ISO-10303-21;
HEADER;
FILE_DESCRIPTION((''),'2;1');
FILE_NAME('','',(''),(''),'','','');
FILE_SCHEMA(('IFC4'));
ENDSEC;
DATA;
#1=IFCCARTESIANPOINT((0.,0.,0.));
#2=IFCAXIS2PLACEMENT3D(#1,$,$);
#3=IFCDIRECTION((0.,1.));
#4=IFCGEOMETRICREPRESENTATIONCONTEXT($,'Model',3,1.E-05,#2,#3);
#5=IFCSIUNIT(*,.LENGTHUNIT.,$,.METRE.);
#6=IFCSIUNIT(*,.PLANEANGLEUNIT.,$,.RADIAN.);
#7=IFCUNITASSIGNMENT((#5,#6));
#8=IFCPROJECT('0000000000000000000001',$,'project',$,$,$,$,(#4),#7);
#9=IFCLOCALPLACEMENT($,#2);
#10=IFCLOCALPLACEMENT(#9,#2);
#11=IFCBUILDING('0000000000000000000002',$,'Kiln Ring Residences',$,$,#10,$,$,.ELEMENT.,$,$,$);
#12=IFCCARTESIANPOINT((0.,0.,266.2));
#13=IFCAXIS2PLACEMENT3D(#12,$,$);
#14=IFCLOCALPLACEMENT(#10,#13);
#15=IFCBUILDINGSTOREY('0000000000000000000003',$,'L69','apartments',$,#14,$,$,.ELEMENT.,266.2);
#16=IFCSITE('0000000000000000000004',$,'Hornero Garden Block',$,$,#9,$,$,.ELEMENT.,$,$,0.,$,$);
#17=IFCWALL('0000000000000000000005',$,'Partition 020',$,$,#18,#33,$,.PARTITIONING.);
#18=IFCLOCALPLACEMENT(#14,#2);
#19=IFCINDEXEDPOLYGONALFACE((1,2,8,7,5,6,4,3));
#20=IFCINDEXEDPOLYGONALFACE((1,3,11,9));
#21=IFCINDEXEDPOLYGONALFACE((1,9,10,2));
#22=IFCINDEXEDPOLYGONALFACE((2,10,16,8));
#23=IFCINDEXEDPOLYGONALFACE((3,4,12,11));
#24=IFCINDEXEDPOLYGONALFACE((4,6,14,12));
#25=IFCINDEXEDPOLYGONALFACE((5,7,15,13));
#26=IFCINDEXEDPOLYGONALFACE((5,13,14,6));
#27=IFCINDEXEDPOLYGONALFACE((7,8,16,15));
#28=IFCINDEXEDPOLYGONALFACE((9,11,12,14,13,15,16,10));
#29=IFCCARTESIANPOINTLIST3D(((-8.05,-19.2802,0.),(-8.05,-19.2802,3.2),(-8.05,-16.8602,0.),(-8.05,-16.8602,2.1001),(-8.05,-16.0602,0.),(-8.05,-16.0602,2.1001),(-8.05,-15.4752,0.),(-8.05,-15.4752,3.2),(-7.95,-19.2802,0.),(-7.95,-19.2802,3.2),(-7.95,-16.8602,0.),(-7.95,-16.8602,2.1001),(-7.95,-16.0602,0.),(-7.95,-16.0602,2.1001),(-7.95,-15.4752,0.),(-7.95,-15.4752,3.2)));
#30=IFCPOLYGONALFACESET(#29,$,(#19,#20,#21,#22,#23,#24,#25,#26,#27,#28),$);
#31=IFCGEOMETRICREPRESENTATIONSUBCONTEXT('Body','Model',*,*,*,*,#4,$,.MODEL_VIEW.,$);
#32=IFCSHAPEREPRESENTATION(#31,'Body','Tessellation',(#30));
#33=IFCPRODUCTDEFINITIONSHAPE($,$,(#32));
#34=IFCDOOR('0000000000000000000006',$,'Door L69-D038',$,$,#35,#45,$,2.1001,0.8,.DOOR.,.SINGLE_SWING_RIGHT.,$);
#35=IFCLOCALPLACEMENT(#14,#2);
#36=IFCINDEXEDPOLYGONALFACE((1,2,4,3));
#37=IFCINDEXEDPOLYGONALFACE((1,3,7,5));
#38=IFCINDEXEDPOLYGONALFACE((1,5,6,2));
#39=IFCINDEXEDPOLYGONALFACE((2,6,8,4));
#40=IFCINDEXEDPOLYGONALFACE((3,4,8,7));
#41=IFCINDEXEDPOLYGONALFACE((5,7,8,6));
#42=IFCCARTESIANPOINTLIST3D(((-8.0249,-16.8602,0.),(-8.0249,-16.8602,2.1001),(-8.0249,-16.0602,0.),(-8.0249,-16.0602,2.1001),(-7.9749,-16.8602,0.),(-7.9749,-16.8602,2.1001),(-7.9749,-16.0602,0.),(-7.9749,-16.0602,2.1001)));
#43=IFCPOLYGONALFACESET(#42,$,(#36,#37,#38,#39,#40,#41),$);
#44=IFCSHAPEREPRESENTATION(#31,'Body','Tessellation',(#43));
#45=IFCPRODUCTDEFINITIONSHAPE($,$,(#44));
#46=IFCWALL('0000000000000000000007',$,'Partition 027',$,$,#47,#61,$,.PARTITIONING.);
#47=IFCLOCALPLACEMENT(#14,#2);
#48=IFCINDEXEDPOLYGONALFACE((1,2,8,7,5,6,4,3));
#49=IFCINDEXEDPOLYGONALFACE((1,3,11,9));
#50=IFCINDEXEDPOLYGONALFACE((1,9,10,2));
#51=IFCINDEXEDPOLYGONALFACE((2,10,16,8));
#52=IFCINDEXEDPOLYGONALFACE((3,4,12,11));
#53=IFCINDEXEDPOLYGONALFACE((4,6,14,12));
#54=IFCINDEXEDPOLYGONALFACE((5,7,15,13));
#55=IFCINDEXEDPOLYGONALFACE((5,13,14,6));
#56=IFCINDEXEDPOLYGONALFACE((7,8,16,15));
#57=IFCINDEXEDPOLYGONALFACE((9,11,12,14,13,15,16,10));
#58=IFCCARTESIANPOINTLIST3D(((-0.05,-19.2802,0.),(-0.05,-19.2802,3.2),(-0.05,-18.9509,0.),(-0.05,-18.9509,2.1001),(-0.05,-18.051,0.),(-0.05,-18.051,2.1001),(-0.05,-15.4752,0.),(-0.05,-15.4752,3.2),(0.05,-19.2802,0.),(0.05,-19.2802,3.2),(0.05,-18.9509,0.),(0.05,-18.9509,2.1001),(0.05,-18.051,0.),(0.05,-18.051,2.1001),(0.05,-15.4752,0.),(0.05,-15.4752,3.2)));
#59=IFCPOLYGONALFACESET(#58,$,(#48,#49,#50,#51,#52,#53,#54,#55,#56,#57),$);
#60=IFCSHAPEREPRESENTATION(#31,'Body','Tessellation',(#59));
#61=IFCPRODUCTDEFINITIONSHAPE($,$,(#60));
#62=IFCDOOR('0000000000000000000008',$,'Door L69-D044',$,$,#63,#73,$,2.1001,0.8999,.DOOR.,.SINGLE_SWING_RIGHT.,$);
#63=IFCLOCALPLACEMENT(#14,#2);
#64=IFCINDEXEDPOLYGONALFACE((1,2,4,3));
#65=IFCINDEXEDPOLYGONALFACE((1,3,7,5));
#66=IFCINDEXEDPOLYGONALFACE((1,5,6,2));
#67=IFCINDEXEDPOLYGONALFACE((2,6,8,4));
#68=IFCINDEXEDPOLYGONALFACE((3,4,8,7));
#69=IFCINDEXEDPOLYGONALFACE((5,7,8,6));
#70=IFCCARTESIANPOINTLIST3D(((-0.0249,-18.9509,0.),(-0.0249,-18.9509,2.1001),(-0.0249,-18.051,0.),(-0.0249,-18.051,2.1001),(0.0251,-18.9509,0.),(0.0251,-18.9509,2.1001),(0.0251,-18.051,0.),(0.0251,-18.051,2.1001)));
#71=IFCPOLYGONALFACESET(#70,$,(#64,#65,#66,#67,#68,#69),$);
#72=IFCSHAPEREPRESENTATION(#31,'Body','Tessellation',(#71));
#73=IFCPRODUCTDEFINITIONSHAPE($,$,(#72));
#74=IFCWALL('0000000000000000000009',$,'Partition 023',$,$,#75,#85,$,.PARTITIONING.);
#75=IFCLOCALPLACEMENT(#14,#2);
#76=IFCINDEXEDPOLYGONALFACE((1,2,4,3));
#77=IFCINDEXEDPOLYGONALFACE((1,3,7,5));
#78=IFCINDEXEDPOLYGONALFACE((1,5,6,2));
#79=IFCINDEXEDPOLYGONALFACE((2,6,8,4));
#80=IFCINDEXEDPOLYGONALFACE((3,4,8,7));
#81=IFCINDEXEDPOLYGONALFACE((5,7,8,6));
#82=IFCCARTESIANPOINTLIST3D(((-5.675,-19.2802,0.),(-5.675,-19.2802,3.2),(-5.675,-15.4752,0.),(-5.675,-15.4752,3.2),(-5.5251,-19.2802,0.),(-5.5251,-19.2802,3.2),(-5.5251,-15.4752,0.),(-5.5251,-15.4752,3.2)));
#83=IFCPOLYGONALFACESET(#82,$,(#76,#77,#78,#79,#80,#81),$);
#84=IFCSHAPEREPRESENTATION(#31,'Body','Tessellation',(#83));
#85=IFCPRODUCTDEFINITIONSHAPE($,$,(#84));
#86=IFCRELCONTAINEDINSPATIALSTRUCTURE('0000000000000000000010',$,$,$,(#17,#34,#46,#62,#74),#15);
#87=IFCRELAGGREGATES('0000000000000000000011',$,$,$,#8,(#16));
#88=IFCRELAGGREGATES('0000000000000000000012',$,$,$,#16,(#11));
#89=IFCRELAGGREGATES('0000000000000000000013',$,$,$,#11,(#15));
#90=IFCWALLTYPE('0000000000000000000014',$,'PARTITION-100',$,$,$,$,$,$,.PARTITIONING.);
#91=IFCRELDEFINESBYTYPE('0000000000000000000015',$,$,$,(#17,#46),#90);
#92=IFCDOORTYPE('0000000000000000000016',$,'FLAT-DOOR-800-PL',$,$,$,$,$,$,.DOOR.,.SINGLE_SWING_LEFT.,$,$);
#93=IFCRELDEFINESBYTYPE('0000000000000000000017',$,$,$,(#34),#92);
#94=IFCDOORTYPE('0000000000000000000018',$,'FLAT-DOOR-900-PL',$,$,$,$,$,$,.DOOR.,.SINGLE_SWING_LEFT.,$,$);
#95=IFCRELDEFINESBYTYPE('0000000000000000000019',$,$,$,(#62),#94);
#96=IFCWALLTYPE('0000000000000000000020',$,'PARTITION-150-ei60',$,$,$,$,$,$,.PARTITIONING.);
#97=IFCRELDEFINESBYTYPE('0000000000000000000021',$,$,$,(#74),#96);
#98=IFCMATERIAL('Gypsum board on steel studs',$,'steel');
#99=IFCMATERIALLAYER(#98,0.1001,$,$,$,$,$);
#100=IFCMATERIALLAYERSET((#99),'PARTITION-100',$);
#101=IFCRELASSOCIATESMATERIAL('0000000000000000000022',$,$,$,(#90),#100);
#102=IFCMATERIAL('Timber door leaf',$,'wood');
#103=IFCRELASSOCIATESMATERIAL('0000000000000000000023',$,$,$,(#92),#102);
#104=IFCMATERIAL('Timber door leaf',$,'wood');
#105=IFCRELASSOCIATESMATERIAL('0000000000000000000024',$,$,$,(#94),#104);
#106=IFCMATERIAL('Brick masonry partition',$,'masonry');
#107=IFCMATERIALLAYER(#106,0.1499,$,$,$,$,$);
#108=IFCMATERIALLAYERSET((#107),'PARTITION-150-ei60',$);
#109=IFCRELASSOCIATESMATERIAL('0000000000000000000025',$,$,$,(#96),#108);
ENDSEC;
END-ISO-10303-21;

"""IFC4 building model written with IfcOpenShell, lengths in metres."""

from ifc_helpers import new_model, si_unit, direction, frame, frame_2d, origin, place, context, subcontext, project, spatial, rectangle, extrude, material, layer, layer_set, type_object, element, fill, save


model = new_model("IFC4")

# Units and contexts
model_context = context("Model", 3, precision=1e-05, world=origin(), true_north=direction((0.0, 1.0)))
body_context = subcontext(model_context, "Body", "Model", "MODEL_VIEW")
ifc_project = project(units=[si_unit("LENGTHUNIT", "METRE"), si_unit("PLANEANGLEUNIT", "RADIAN")], contexts=[model_context])

# Site, building, storey
site_placement = place(None, origin())
site = spatial("IfcSite", under=ifc_project, at=site_placement, Name="Hornero Garden Block", CompositionType="ELEMENT", RefElevation=0.0)
building_placement = place(site_placement, origin())
building = spatial("IfcBuilding", under=site, at=building_placement, Name="Kiln Ring Residences", CompositionType="ELEMENT")
storey_placement = place(building_placement, frame((0.0, 0.0, 266.2)))
storey = spatial("IfcBuildingStorey", under=building, at=storey_placement, Name="L69", Description="apartments", CompositionType="ELEMENT", Elevation=266.2)

# Walls, openings, doors
ifc_material_1 = material(Name="Gypsum board on steel studs", Category="steel")
ifc_layer_1 = layer(ifc_material_1, 0.1001)
ifc_layer_set_1 = layer_set([ifc_layer_1], Name="PARTITION-100")
wall_type_1 = type_object("IfcWallType", Name="PARTITION-100", PredefinedType="PARTITIONING", material=ifc_layer_set_1)
wall_1_placement = place(storey_placement, frame((-8.0, -19.28, 0.0), z_axis=(0.0, 0.0, 1.0), x_axis=(0.0, 1.0, 0.0)))
wall_1 = element("IfcWall", 1, at=wall_1_placement, inside=storey, type_object=wall_type_1, Name="Partition 020", PredefinedType="PARTITIONING", context=body_context, shape_type="SweptSolid", body=[
    extrude(rectangle(XDim=3.8049, YDim=0.1001, at=frame_2d((1.9023, 0.0))), origin(), (0.0, 0.0, 1.0), 3.2),
])
opening_1_placement = place(wall_1_placement, frame((2.4199, 0.0, 0.0)))
opening_1 = element("IfcOpeningElement", 2, at=opening_1_placement, cuts=wall_1, PredefinedType="OPENING", context=body_context, shape_type="SweptSolid", body=[
    extrude(rectangle(XDim=0.8, YDim=2.1001, at=frame_2d((0.3999, 1.05))), frame((0.0, 0.0601, 0.0), z_axis=(0.0, -1.0, 0.0), x_axis=(1.0, 0.0, 0.0)), (0.0, 0.0, 1.0), 0.1201),
])
ifc_material_2 = material(Name="Timber door leaf", Category="wood")
door_type_1 = type_object("IfcDoorType", Name="FLAT-DOOR-800-PL", OperationType="SINGLE_SWING_LEFT", PredefinedType="DOOR", material=ifc_material_2)
door_1_placement = place(opening_1_placement, origin())
door_1 = element("IfcDoor", 3, at=door_1_placement, inside=storey, type_object=door_type_1, Name="Door L69-D038", OperationType="SINGLE_SWING_RIGHT", OverallHeight=2.1001, OverallWidth=0.8, PredefinedType="DOOR", context=body_context, shape_type="SweptSolid", body=[
    extrude(rectangle(XDim=0.8, YDim=2.1001, at=frame_2d((0.3999, 1.05))), frame((0.0, 0.0249, 0.0), z_axis=(0.0, -1.0, 0.0), x_axis=(1.0, 0.0, 0.0)), (0.0, 0.0, 1.0), 0.05),
])
fill(opening_1, door_1)
wall_2_placement = place(storey_placement, frame((0.0, -19.28, 0.0), z_axis=(0.0, 0.0, 1.0), x_axis=(0.0, 1.0, 0.0)))
wall_2 = element("IfcWall", 4, at=wall_2_placement, inside=storey, type_object=wall_type_1, Name="Partition 027", PredefinedType="PARTITIONING", context=body_context, shape_type="SweptSolid", body=[
    extrude(rectangle(XDim=3.8049, YDim=0.1001, at=frame_2d((1.9023, 0.0))), origin(), (0.0, 0.0, 1.0), 3.2),
])
opening_2_placement = place(wall_2_placement, frame((0.3291, 0.0, 0.0)))
opening_2 = element("IfcOpeningElement", 5, at=opening_2_placement, cuts=wall_2, PredefinedType="OPENING", context=body_context, shape_type="SweptSolid", body=[
    extrude(rectangle(XDim=0.8999, YDim=2.1001, at=frame_2d((0.45, 1.05))), frame((0.0, 0.0601, 0.0), z_axis=(0.0, -1.0, 0.0), x_axis=(1.0, 0.0, 0.0)), (0.0, 0.0, 1.0), 0.1201),
])
ifc_material_3 = material(Name="Timber door leaf", Category="wood")
door_type_2 = type_object("IfcDoorType", Name="FLAT-DOOR-900-PL", OperationType="SINGLE_SWING_LEFT", PredefinedType="DOOR", material=ifc_material_3)
door_2_placement = place(opening_2_placement, origin())
door_2 = element("IfcDoor", 6, at=door_2_placement, inside=storey, type_object=door_type_2, Name="Door L69-D044", OperationType="SINGLE_SWING_RIGHT", OverallHeight=2.1001, OverallWidth=0.8999, PredefinedType="DOOR", context=body_context, shape_type="SweptSolid", body=[
    extrude(rectangle(XDim=0.8999, YDim=2.1001, at=frame_2d((0.45, 1.05))), frame((0.0, 0.0249, 0.0), z_axis=(0.0, -1.0, 0.0), x_axis=(1.0, 0.0, 0.0)), (0.0, 0.0, 1.0), 0.05),
])
fill(opening_2, door_2)

# Wall
ifc_material_4 = material(Name="Brick masonry partition", Category="masonry")
ifc_layer_2 = layer(ifc_material_4, 0.1499)
ifc_layer_set_2 = layer_set([ifc_layer_2], Name="PARTITION-150-ei60")
wall_type_2 = type_object("IfcWallType", Name="PARTITION-150-ei60", PredefinedType="PARTITIONING", material=ifc_layer_set_2)
wall_3_placement = place(storey_placement, frame((-5.6001, -19.28, 0.0), z_axis=(0.0, 0.0, 1.0), x_axis=(0.0, 1.0, 0.0)))
element("IfcWall", 7, at=wall_3_placement, inside=storey, type_object=wall_type_2, Name="Partition 023", PredefinedType="PARTITIONING", context=body_context, shape_type="SweptSolid", body=[
    extrude(rectangle(XDim=3.8049, YDim=0.1499, at=frame_2d((1.9023, 0.0))), origin(), (0.0, 0.0, 1.0), 3.2),
])

save(model, "model.ifc")
